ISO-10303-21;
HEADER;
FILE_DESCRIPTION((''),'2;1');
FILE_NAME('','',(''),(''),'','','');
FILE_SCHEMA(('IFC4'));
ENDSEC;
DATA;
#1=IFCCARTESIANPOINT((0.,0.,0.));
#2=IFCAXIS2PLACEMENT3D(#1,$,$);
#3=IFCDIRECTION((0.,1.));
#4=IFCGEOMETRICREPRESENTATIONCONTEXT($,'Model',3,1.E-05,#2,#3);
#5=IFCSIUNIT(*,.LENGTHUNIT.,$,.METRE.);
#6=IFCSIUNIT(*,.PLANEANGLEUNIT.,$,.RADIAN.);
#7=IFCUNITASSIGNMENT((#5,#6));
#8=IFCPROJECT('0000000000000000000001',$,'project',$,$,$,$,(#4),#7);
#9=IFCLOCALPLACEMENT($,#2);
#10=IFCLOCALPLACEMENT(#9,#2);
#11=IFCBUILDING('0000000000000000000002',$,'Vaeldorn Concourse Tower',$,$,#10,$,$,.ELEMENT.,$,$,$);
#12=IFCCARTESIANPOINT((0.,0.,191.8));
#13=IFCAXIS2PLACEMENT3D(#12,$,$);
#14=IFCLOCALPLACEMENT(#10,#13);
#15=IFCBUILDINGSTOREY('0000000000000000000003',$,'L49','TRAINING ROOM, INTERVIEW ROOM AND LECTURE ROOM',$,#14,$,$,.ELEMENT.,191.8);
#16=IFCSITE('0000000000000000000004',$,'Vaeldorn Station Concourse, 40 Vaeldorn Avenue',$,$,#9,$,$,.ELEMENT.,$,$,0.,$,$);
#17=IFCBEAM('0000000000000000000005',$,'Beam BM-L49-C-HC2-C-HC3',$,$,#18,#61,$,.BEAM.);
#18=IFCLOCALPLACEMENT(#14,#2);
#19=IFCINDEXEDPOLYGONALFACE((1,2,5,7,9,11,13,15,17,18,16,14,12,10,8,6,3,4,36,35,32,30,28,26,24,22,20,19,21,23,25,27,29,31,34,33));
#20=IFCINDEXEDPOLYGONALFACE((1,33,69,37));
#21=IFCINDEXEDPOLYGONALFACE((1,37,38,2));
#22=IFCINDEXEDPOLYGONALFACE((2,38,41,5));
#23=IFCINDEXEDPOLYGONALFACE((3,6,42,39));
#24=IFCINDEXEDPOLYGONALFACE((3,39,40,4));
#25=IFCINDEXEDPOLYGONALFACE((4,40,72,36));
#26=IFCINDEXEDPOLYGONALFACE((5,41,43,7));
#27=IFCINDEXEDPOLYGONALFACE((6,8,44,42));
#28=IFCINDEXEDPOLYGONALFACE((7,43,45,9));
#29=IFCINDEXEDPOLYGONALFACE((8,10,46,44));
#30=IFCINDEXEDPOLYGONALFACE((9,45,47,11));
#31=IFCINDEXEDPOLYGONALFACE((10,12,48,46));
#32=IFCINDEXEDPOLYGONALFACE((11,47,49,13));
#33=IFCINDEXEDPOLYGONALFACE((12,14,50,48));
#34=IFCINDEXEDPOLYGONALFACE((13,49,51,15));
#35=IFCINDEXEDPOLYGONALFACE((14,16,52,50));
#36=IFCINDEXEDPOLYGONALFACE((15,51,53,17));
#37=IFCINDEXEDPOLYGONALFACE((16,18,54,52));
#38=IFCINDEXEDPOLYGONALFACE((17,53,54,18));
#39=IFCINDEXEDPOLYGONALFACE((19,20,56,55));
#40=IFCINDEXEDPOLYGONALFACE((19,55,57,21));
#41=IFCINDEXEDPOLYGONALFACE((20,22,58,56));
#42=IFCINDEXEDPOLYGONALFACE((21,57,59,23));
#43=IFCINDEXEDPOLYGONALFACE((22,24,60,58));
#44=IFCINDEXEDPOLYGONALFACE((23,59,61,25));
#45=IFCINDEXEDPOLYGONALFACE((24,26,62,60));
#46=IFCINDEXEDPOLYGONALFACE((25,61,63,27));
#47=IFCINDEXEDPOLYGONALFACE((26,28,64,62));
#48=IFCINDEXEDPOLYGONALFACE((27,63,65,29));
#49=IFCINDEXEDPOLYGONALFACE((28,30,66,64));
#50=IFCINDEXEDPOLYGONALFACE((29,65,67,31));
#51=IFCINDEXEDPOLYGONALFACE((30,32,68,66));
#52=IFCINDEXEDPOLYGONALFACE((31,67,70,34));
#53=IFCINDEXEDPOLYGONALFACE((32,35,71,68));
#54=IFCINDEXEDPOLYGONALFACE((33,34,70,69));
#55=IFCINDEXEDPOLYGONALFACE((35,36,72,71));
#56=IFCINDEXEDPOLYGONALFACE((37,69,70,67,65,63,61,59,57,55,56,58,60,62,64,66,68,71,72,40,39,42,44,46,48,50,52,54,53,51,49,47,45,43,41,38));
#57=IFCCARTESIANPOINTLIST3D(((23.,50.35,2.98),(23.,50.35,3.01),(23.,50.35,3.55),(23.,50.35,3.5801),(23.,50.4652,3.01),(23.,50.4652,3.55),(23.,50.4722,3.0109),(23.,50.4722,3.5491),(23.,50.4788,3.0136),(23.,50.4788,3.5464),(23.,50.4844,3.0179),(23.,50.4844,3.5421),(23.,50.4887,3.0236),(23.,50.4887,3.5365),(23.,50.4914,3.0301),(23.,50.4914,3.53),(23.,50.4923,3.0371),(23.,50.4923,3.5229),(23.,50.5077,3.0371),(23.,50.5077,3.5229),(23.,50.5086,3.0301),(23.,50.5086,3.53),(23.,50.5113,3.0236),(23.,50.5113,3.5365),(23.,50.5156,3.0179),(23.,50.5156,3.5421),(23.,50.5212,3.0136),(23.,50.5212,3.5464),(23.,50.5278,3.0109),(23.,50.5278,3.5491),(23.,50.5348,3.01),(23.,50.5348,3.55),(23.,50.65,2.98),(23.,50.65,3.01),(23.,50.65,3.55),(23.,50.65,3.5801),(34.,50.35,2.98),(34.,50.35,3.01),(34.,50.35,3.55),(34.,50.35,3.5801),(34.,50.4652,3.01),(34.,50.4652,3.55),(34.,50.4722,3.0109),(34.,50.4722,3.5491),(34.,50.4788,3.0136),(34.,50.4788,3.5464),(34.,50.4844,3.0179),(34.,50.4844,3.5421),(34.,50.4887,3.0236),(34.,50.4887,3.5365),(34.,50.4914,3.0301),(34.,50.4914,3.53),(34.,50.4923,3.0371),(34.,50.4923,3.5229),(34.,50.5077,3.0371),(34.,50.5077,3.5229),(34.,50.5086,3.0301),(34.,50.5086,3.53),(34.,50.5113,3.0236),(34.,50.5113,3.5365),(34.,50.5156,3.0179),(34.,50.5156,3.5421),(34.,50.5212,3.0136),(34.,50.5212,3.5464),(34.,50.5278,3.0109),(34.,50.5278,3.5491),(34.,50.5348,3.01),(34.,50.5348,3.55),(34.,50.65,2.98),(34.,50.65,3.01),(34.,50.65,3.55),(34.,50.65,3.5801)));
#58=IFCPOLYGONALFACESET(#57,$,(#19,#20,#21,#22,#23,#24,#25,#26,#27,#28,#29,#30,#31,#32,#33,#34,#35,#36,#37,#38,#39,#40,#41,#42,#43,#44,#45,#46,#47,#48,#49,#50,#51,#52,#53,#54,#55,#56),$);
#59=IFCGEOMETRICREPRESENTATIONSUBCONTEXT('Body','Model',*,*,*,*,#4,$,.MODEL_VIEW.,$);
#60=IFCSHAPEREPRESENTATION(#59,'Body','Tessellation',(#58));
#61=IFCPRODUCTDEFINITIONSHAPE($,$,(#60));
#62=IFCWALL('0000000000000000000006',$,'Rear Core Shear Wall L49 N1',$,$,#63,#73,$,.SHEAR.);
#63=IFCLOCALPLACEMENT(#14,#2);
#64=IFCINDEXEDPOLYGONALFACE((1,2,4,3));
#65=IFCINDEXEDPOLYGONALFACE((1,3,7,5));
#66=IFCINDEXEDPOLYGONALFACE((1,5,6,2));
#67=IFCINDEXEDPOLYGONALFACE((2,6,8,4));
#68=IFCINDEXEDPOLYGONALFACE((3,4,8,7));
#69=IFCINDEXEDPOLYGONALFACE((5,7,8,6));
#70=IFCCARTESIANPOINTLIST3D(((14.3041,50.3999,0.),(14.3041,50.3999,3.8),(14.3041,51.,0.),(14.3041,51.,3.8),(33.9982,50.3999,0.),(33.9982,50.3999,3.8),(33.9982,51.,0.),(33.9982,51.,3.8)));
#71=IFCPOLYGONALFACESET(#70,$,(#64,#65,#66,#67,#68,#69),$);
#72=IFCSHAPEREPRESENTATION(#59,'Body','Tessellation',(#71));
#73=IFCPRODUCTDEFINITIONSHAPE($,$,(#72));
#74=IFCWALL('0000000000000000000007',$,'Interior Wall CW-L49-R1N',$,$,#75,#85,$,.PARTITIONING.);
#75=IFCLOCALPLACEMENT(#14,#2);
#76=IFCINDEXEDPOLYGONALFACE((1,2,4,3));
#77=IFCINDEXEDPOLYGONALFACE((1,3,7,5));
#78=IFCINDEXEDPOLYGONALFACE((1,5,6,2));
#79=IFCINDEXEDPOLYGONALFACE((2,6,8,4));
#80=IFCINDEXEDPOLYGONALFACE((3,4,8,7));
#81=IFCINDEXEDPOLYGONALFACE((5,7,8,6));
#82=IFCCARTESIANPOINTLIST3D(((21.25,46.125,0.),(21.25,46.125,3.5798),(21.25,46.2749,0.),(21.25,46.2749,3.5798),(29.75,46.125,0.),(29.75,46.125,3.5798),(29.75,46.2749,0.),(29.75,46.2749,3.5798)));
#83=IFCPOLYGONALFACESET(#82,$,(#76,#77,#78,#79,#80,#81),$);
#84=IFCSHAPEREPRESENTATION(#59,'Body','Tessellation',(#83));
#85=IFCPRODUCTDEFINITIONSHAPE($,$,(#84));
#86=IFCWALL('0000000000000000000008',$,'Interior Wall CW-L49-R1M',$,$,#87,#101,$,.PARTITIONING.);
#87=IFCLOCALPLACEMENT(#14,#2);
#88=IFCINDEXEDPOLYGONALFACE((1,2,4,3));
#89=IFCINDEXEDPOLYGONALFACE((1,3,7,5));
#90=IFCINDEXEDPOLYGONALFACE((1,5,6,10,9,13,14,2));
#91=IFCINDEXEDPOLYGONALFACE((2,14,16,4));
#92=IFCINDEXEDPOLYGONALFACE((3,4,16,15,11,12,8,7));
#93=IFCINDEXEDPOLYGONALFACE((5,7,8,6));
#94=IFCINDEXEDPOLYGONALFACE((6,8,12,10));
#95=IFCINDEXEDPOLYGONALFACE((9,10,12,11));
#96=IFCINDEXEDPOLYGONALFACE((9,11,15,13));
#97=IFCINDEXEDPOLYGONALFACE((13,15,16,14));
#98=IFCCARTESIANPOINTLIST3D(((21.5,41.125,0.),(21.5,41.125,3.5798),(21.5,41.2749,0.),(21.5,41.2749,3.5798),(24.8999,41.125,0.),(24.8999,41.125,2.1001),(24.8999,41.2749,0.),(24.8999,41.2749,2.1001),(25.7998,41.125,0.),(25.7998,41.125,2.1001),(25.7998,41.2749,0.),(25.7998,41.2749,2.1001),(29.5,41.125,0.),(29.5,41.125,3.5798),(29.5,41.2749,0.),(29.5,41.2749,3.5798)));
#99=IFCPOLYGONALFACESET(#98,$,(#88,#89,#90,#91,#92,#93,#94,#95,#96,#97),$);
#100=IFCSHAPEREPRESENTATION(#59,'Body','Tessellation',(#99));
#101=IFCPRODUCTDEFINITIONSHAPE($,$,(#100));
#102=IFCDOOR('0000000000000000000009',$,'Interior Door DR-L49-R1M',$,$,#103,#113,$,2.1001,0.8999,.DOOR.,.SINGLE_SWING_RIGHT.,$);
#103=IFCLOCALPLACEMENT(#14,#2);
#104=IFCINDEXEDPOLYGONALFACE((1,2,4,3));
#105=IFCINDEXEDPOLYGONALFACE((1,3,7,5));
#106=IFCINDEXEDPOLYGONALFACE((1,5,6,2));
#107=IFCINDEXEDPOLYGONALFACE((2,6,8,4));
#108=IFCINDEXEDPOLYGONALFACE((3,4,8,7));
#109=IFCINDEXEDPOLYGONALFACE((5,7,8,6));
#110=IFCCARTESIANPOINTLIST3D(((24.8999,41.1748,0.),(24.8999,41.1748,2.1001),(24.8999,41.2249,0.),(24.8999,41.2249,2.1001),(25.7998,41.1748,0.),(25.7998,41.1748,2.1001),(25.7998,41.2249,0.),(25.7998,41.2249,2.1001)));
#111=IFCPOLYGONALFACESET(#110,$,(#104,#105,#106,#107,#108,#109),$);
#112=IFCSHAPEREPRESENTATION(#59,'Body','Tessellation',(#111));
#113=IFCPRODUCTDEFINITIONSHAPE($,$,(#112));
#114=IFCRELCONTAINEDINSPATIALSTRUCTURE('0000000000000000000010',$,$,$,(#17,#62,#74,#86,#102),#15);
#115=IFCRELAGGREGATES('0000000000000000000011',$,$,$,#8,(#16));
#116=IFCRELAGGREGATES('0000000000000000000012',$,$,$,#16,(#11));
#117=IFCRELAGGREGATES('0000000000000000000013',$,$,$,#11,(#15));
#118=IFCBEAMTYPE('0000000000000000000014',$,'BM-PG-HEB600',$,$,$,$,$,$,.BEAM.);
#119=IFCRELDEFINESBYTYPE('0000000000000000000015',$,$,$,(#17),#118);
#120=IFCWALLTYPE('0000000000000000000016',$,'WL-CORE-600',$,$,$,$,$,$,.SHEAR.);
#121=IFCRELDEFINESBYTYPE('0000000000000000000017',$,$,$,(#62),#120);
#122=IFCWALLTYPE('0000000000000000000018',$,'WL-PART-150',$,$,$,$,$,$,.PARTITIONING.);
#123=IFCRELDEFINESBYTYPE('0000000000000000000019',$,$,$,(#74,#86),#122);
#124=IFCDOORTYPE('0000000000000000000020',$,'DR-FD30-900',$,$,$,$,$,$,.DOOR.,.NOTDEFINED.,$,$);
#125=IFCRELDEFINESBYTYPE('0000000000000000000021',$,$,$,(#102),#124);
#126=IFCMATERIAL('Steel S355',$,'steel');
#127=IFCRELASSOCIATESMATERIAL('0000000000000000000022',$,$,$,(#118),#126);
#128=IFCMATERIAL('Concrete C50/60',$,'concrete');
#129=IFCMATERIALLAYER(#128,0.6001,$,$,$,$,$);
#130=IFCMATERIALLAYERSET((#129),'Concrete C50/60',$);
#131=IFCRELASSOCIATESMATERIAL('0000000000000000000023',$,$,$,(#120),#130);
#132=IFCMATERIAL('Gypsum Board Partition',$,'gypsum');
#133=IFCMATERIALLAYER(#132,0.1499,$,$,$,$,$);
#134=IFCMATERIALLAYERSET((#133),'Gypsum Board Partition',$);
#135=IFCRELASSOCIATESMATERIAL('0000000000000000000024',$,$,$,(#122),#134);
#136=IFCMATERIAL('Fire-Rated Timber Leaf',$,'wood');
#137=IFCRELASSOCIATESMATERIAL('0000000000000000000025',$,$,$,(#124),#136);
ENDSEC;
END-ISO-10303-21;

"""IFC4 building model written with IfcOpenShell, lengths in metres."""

from ifc_helpers import new_model, si_unit, direction, frame, frame_2d, origin, origin_2d, place, context, subcontext, project, spatial, rectangle, i_section, extrude, source, transform, mapped, material, layer, layer_set, material_profile, profile_set, type_object, element, fill, save


model = new_model("IFC4")

# Units and contexts
model_context = context("Model", 3, precision=1e-05, world=origin(), true_north=direction((0.0, 1.0)))
body_context = subcontext(model_context, "Body", "Model", "MODEL_VIEW")
ifc_project = project(units=[si_unit("LENGTHUNIT", "METRE"), si_unit("PLANEANGLEUNIT", "RADIAN")], contexts=[model_context])

# Site, building, storey
site_placement = place(None, origin())
site = spatial("IfcSite", under=ifc_project, at=site_placement, Name="Vaeldorn Station Concourse, 40 Vaeldorn Avenue", CompositionType="ELEMENT", RefElevation=0.0)
building_placement = place(site_placement, origin())
building = spatial("IfcBuilding", under=site, at=building_placement, Name="Vaeldorn Concourse Tower", CompositionType="ELEMENT")
storey_placement = place(building_placement, frame((0.0, 0.0, 191.8)))
storey = spatial("IfcBuildingStorey", under=building, at=storey_placement, Name="L49", Description="TRAINING ROOM, INTERVIEW ROOM AND LECTURE ROOM", CompositionType="ELEMENT", Elevation=191.8)

# Beam
ifc_material_1 = material(Name="Steel S355", Category="steel")
ifc_material_profile_1 = material_profile(ifc_material_1, i_section(OverallWidth=0.3, OverallDepth=0.6001, WebThickness=0.0154, FlangeThickness=0.03, FilletRadius=0.0271, at=origin_2d()), Name="HEB 600")
ifc_profile_set_1 = profile_set([ifc_material_profile_1], Name="Steel S355")
beam_type_1 = type_object("IfcBeamType", Name="BM-PG-HEB600", PredefinedType="BEAM", material=ifc_profile_set_1)
shared_shape_1 = source(origin(), body_context, "Body", "SweptSolid", [
    extrude(i_section(OverallWidth=0.3, OverallDepth=0.6001, WebThickness=0.0154, FlangeThickness=0.03, FilletRadius=0.0271, at=origin_2d()), origin(), (0.0, 0.0, 1.0), 11.0),
])
beam_1_placement = place(storey_placement, frame((23.0, 50.5, 3.28), z_axis=(1.0, 0.0, 0.0), x_axis=(0.0, 1.0, 0.0)))
element("IfcBeam", 1, at=beam_1_placement, inside=storey, type_object=beam_type_1, Name="Beam BM-L49-C-HC2-C-HC3", PredefinedType="BEAM", context=body_context, shape_type="MappedRepresentation", body=[
    mapped(shared_shape_1, transform((0.0, 0.0, 0.0), scale=1.0)),
])

# Walls
ifc_material_2 = material(Name="Concrete C50/60", Category="concrete")
ifc_layer_1 = layer(ifc_material_2, 0.6001)
ifc_layer_set_1 = layer_set([ifc_layer_1], Name="Concrete C50/60")
wall_type_1 = type_object("IfcWallType", Name="WL-CORE-600", PredefinedType="SHEAR", material=ifc_layer_set_1)
wall_1_placement = place(storey_placement, frame((14.304, 50.7, 0.0), z_axis=(0.0, 0.0, 1.0), x_axis=(1.0, 0.0, 0.0)))
element("IfcWall", 2, at=wall_1_placement, inside=storey, type_object=wall_type_1, Name="Rear Core Shear Wall L49 N1", PredefinedType="SHEAR", context=body_context, shape_type="SweptSolid", body=[
    extrude(rectangle(XDim=19.6941, YDim=0.6001, at=frame_2d((9.8472, 0.0))), origin(), (0.0, 0.0, 1.0), 3.8),
])
ifc_material_3 = material(Name="Gypsum Board Partition", Category="gypsum")
ifc_layer_2 = layer(ifc_material_3, 0.1499)
ifc_layer_set_2 = layer_set([ifc_layer_2], Name="Gypsum Board Partition")
wall_type_2 = type_object("IfcWallType", Name="WL-PART-150", PredefinedType="PARTITIONING", material=ifc_layer_set_2)
wall_2_placement = place(storey_placement, frame((21.25, 46.2, 0.0), z_axis=(0.0, 0.0, 1.0), x_axis=(1.0, 0.0, 0.0)))
element("IfcWall", 3, at=wall_2_placement, inside=storey, type_object=wall_type_2, Name="Interior Wall CW-L49-R1N", PredefinedType="PARTITIONING", context=body_context, shape_type="SweptSolid", body=[
    extrude(rectangle(XDim=8.5, YDim=0.1499, at=frame_2d((4.25, 0.0))), origin(), (0.0, 0.0, 1.0), 3.5798),
])

# Wall, opening, door
wall_3_placement = place(storey_placement, frame((21.5, 41.2, 0.0), z_axis=(0.0, 0.0, 1.0), x_axis=(1.0, 0.0, 0.0)))
wall_3 = element("IfcWall", 4, at=wall_3_placement, inside=storey, type_object=wall_type_2, Name="Interior Wall CW-L49-R1M", PredefinedType="PARTITIONING", context=body_context, shape_type="SweptSolid", body=[
    extrude(rectangle(XDim=8.0, YDim=0.1499, at=frame_2d((4.0, 0.0))), origin(), (0.0, 0.0, 1.0), 3.5798),
])
opening_1_placement = place(wall_3_placement, frame((3.3999, 0.0, 0.0)))
opening_1 = element("IfcOpeningElement", 5, at=opening_1_placement, cuts=wall_3, PredefinedType="OPENING", context=body_context, shape_type="SweptSolid", body=[
    extrude(rectangle(XDim=0.8999, YDim=2.1001, at=frame_2d((0.45, 1.05))), frame((0.0, 0.085, 0.0), z_axis=(0.0, -1.0, 0.0), x_axis=(1.0, 0.0, 0.0)), (0.0, 0.0, 1.0), 0.1699),
])
ifc_material_4 = material(Name="Fire-Rated Timber Leaf", Category="wood")
door_type_1 = type_object("IfcDoorType", Name="DR-FD30-900", OperationType="NOTDEFINED", PredefinedType="DOOR", material=ifc_material_4)
shared_shape_2 = source(origin(), body_context, "Body", "SweptSolid", [
    extrude(rectangle(XDim=0.8999, YDim=2.1001, at=frame_2d((0.45, 1.05))), frame((0.0, 0.0249, 0.0), z_axis=(0.0, -1.0, 0.0), x_axis=(1.0, 0.0, 0.0)), (0.0, 0.0, 1.0), 0.05),
])
door_1_placement = place(opening_1_placement, origin())
door_1 = element("IfcDoor", 6, at=door_1_placement, inside=storey, type_object=door_type_1, Name="Interior Door DR-L49-R1M", OperationType="SINGLE_SWING_RIGHT", OverallHeight=2.1001, OverallWidth=0.8999, PredefinedType="DOOR", context=body_context, shape_type="MappedRepresentation", body=[
    mapped(shared_shape_2, transform((0.0, 0.0, 0.0), scale=1.0)),
])
fill(opening_1, door_1)

save(model, "model.ifc")
